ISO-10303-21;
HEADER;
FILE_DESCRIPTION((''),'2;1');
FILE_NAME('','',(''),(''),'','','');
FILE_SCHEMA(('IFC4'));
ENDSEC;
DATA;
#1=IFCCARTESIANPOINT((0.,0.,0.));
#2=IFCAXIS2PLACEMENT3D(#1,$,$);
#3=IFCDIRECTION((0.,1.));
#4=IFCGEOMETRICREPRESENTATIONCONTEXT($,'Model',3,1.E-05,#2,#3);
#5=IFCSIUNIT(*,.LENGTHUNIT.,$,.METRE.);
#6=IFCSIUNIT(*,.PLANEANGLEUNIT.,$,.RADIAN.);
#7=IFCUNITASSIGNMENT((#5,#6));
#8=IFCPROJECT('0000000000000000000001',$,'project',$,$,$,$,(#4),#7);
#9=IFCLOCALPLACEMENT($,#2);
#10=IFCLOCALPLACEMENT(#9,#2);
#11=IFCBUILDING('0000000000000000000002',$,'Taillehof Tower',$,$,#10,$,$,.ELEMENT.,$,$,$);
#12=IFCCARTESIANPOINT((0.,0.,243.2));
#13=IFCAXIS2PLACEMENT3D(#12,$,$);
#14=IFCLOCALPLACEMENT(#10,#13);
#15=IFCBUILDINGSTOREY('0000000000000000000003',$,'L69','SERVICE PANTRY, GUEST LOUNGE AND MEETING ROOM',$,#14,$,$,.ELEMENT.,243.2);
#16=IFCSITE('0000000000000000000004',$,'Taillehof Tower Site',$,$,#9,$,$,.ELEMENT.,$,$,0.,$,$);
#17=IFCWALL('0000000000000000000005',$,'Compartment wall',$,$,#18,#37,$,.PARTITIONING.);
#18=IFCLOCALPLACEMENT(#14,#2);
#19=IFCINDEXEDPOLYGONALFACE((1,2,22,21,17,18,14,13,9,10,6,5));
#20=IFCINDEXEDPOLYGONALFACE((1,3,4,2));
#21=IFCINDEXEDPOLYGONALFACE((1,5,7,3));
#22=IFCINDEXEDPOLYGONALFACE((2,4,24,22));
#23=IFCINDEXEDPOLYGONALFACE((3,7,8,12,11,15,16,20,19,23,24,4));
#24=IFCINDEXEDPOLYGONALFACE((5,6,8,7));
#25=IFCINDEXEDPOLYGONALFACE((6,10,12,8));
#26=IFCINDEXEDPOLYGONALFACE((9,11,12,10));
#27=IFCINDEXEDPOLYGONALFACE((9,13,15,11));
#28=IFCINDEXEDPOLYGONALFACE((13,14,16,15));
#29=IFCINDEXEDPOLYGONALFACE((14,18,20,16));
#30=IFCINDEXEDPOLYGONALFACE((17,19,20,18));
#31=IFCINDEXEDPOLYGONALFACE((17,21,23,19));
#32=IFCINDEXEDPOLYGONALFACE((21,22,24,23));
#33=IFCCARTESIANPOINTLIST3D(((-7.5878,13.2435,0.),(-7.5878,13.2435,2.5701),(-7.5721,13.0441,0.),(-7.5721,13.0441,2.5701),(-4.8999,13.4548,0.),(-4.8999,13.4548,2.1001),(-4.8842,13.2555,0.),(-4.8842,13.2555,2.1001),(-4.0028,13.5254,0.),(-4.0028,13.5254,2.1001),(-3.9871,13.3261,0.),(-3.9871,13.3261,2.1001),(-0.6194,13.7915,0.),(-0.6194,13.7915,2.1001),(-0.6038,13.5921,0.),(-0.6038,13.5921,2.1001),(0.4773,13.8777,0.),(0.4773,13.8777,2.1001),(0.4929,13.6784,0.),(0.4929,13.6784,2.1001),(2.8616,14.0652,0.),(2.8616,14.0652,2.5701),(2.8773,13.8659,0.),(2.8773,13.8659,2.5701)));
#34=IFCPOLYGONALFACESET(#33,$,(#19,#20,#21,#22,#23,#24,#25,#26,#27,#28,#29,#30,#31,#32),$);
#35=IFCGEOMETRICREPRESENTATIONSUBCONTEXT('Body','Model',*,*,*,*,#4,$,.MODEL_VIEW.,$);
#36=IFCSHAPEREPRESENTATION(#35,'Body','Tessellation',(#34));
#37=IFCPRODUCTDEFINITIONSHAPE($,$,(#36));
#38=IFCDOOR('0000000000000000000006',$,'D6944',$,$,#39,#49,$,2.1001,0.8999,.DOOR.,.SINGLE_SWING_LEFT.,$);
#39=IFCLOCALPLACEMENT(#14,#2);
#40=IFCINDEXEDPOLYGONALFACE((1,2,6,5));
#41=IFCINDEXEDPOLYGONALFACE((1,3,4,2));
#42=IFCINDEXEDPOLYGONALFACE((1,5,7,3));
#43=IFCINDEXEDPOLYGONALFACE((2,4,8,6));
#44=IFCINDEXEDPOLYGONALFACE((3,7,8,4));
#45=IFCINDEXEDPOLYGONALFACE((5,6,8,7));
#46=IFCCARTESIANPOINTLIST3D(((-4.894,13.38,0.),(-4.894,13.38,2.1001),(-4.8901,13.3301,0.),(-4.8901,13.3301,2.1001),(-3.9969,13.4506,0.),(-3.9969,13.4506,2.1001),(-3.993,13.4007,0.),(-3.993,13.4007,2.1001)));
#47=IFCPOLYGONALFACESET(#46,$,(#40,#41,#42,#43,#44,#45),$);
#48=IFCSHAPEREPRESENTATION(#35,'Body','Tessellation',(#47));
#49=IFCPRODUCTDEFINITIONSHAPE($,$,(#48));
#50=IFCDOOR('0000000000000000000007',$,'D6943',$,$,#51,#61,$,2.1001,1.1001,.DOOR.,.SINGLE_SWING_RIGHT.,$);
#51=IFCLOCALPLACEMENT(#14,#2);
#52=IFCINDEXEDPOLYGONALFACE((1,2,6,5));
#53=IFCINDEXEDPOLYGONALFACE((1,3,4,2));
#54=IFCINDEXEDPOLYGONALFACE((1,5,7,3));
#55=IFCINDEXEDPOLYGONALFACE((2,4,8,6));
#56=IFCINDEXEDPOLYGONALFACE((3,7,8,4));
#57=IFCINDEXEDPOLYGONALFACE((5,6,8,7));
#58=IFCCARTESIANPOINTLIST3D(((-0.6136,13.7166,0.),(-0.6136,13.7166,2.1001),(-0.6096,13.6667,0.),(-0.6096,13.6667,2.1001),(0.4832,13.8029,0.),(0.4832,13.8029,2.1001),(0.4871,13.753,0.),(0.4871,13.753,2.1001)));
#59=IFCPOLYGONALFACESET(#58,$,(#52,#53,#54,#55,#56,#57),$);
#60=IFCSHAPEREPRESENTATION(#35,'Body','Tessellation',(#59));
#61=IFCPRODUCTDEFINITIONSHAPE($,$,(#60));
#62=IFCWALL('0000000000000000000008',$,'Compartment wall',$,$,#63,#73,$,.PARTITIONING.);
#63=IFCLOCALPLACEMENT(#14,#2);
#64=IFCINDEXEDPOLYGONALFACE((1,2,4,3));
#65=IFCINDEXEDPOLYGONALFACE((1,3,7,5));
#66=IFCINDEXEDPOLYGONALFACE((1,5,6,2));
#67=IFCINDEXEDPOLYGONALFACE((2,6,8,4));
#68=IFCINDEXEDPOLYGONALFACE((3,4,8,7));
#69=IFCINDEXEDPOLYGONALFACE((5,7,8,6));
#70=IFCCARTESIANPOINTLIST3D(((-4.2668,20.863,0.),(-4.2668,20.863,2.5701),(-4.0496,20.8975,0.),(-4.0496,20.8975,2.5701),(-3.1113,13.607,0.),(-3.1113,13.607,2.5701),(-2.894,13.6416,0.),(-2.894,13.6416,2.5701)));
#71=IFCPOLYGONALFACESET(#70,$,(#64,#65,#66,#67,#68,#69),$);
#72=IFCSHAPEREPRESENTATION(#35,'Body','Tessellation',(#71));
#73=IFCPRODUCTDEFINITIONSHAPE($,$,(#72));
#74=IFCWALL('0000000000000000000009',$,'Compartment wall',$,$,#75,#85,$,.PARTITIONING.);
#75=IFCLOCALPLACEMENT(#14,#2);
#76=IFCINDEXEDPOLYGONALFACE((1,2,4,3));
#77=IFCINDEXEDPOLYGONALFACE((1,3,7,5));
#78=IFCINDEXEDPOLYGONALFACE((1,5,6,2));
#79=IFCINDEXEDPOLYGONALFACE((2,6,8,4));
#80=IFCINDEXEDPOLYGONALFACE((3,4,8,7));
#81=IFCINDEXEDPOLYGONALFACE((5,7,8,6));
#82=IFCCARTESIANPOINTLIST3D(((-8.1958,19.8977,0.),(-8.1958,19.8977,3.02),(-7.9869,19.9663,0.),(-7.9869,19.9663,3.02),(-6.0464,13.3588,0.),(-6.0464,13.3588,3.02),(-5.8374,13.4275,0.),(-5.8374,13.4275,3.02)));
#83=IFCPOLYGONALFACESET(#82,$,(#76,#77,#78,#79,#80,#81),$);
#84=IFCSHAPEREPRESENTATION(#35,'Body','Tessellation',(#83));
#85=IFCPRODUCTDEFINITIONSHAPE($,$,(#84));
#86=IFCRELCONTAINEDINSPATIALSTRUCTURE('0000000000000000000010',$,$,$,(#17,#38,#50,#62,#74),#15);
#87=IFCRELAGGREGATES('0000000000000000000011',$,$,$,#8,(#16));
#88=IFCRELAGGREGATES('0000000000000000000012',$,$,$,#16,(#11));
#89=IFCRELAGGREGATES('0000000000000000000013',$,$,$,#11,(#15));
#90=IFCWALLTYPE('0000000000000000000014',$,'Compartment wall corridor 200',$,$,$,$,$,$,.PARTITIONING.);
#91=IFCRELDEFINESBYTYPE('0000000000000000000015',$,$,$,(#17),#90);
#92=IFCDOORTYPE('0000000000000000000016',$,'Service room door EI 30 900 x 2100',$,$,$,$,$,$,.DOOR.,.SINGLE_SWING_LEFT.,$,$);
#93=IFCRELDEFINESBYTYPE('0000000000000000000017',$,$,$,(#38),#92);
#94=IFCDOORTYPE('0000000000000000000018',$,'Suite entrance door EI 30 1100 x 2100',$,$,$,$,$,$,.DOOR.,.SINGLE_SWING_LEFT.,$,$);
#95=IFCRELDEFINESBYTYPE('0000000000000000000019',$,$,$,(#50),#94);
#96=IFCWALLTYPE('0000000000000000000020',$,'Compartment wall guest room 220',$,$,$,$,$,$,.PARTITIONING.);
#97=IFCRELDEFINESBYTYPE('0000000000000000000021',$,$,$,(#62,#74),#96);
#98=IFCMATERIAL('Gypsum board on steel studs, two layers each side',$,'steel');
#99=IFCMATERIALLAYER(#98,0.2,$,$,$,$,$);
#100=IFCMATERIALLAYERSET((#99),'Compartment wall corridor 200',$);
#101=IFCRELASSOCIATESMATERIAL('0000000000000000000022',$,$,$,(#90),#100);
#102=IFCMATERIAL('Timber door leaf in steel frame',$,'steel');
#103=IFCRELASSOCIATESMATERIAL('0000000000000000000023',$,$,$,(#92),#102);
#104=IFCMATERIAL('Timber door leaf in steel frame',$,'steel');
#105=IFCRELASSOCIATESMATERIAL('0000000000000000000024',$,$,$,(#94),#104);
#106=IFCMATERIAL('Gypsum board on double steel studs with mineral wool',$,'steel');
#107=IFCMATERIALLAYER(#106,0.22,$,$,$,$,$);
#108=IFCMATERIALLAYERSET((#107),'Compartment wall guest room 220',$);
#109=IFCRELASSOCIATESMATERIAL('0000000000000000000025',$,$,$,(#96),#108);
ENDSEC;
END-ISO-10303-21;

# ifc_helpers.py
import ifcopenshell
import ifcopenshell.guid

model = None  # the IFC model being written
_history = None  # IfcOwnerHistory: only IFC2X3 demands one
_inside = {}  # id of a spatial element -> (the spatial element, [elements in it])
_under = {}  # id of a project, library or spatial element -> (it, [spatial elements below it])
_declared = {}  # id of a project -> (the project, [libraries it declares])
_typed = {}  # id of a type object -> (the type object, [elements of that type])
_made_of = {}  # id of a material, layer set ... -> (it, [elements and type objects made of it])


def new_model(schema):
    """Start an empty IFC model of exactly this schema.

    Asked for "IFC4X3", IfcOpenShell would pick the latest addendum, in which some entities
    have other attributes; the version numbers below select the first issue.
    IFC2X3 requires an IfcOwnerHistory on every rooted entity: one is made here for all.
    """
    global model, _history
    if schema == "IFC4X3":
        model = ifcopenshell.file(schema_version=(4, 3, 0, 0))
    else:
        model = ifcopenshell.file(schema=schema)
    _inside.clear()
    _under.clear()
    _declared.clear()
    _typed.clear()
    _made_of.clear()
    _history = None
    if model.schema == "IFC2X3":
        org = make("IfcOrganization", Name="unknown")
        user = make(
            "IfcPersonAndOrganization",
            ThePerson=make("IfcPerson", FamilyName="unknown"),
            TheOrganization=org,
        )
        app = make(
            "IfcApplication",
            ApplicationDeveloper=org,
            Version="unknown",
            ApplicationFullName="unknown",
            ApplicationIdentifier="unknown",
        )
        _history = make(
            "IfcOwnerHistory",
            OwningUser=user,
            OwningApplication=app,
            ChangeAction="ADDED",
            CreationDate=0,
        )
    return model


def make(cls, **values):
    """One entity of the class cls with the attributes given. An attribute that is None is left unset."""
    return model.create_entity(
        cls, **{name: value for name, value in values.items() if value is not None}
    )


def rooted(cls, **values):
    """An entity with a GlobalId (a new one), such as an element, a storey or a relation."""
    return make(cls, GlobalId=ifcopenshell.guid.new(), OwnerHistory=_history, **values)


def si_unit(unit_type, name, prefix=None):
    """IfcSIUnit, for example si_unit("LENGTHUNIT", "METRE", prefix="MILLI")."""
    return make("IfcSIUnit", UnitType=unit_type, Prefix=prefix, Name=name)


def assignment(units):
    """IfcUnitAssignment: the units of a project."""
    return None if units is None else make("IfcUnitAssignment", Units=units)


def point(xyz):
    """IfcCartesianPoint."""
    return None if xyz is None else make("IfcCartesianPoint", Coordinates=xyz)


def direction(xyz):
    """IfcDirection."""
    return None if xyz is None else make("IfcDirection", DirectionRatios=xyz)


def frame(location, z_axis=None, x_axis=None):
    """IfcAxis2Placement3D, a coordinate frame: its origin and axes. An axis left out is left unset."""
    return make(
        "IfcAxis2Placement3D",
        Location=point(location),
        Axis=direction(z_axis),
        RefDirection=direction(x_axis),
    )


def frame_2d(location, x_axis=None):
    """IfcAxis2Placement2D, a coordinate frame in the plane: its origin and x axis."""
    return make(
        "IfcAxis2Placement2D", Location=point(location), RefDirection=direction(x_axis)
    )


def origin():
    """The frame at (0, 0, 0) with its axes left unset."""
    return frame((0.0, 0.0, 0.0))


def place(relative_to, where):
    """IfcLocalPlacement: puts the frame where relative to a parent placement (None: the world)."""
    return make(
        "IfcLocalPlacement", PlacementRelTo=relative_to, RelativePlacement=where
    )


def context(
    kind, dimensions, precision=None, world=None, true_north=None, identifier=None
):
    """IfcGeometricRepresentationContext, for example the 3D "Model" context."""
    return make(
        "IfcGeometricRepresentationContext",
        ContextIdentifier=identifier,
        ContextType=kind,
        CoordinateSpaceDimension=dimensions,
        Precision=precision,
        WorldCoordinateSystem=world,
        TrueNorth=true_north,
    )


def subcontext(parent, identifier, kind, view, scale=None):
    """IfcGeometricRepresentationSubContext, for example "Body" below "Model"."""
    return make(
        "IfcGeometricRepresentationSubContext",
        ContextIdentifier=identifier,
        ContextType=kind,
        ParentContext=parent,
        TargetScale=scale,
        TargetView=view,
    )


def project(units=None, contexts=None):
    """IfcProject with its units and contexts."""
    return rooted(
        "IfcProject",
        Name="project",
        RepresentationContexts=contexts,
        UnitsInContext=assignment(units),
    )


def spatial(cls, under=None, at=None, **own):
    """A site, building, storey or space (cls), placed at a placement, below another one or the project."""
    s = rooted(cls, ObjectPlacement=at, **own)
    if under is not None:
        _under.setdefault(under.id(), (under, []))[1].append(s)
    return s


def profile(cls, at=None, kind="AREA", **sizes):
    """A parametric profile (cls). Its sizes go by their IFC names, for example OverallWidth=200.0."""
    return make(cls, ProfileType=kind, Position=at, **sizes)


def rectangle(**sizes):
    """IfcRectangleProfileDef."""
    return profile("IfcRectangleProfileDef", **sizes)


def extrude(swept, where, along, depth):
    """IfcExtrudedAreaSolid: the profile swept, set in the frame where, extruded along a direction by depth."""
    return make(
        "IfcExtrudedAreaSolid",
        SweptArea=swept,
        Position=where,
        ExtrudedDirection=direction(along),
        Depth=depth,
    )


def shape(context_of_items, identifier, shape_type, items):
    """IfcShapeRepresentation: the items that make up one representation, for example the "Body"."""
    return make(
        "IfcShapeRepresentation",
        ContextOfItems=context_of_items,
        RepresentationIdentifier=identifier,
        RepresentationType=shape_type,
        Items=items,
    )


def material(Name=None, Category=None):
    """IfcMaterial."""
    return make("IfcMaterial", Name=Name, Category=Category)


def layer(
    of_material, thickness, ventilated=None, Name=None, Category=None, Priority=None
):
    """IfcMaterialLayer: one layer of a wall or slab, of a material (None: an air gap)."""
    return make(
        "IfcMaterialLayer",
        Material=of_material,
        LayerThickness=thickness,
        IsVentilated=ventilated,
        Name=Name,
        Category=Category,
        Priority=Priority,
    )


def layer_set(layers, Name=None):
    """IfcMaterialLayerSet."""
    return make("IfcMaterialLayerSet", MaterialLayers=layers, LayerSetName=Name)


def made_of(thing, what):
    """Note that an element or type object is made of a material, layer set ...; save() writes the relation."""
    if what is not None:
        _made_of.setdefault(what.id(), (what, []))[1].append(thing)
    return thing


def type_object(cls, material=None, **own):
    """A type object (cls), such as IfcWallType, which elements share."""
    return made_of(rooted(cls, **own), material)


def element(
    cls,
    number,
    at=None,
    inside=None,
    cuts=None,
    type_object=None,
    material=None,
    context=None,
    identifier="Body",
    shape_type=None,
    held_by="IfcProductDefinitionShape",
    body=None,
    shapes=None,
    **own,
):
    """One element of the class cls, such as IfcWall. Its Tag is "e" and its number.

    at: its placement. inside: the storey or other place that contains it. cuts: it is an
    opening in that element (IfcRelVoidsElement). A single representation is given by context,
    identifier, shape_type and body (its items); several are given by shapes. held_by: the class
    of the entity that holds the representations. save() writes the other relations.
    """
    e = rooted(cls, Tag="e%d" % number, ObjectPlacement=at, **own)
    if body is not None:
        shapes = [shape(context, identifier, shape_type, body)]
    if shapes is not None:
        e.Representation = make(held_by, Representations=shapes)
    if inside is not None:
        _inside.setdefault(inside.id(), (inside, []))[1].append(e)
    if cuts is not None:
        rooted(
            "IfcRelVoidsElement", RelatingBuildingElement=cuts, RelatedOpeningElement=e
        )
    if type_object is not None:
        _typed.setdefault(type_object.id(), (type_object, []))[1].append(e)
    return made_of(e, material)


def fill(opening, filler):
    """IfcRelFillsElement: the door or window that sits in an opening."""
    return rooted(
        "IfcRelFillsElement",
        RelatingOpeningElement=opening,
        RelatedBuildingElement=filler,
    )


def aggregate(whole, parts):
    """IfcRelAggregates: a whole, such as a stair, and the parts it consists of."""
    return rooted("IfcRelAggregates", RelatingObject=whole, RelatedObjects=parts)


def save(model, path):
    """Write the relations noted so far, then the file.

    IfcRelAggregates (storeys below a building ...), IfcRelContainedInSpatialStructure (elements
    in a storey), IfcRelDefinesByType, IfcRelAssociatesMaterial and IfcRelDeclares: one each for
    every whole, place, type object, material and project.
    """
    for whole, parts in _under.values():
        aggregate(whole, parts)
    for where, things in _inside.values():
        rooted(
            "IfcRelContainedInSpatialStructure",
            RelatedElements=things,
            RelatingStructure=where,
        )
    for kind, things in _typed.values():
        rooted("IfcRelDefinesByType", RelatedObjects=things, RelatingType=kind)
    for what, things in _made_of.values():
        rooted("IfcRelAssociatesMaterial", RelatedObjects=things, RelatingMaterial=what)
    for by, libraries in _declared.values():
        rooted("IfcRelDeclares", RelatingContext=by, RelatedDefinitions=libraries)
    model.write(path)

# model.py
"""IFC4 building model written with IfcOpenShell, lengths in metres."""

from ifc_helpers import new_model, si_unit, direction, frame, frame_2d, origin, place, context, subcontext, project, spatial, rectangle, extrude, material, layer, layer_set, type_object, element, fill, save


model = new_model("IFC4")

# Units and contexts
model_context = context("Model", 3, precision=1e-05, world=origin(), true_north=direction((0.0, 1.0)))
body_context = subcontext(model_context, "Body", "Model", "MODEL_VIEW")
ifc_project = project(units=[si_unit("LENGTHUNIT", "METRE"), si_unit("PLANEANGLEUNIT", "RADIAN")], contexts=[model_context])

# Site, building, storey
site_placement = place(None, origin())
site = spatial("IfcSite", under=ifc_project, at=site_placement, Name="Taillehof Tower Site", CompositionType="ELEMENT", RefElevation=0.0)
building_placement = place(site_placement, origin())
building = spatial("IfcBuilding", under=site, at=building_placement, Name="Taillehof Tower", CompositionType="ELEMENT")
storey_placement = place(building_placement, frame((0.0, 0.0, 243.2)))
storey = spatial("IfcBuildingStorey", under=building, at=storey_placement, Name="L69", Description="SERVICE PANTRY, GUEST LOUNGE AND MEETING ROOM", CompositionType="ELEMENT", Elevation=243.2)

# Shared definitions
ifc_material_1 = material(Name="Gypsum board on steel studs, two layers each side", Category="steel")
ifc_layer_1 = layer(ifc_material_1, 0.2)
ifc_layer_set_1 = layer_set([ifc_layer_1], Name="Compartment wall corridor 200")
wall_type_1 = type_object("IfcWallType", Name="Compartment wall corridor 200", PredefinedType="PARTITIONING", material=ifc_layer_set_1)

# Wall, openings, doors
wall_1_placement = place(storey_placement, frame((-7.5798, 13.1438, 0.0), z_axis=(0.0, 0.0, 1.0), x_axis=(0.996922, 0.078401, 0.0)))
wall_1 = element("IfcWall", 1, at=wall_1_placement, inside=storey, type_object=wall_type_1, Name="Compartment wall", PredefinedType="PARTITIONING", context=body_context, shape_type="SweptSolid", body=[
    extrude(rectangle(XDim=10.4817, YDim=0.2, at=frame_2d((5.2407, 0.0))), origin(), (0.0, 0.0, 1.0), 2.5701),
])
opening_1_placement = place(wall_1_placement, frame((6.9897, 0.0, 0.0)))
opening_1 = element("IfcOpeningElement", 2, at=opening_1_placement, cuts=wall_1, PredefinedType="OPENING", context=body_context, shape_type="SweptSolid", body=[
    extrude(rectangle(XDim=1.1001, YDim=2.1001, at=frame_2d((0.55, 1.05))), frame((0.0, 0.1099, 0.0), z_axis=(0.0, -1.0, 0.0), x_axis=(1.0, 0.0, 0.0)), (0.0, 0.0, 1.0), 0.22),
])
opening_2_placement = place(wall_1_placement, frame((2.696, 0.0, 0.0)))
opening_2 = element("IfcOpeningElement", 3, at=opening_2_placement, cuts=wall_1, PredefinedType="OPENING", context=body_context, shape_type="SweptSolid", body=[
    extrude(rectangle(XDim=0.8999, YDim=2.1001, at=frame_2d((0.45, 1.05))), frame((0.0, 0.1099, 0.0), z_axis=(0.0, -1.0, 0.0), x_axis=(1.0, 0.0, 0.0)), (0.0, 0.0, 1.0), 0.22),
])
ifc_material_2 = material(Name="Timber door leaf in steel frame", Category="steel")
door_type_1 = type_object("IfcDoorType", Name="Service room door EI 30 900 x 2100", OperationType="SINGLE_SWING_LEFT", PredefinedType="DOOR", material=ifc_material_2)
door_1_placement = place(opening_2_placement, origin())
door_1 = element("IfcDoor", 4, at=door_1_placement, inside=storey, type_object=door_type_1, Name="D6944", OperationType="SINGLE_SWING_LEFT", OverallHeight=2.1001, OverallWidth=0.8999, PredefinedType="DOOR", context=body_context, shape_type="SweptSolid", body=[
    extrude(rectangle(XDim=0.8999, YDim=2.1001, at=frame_2d((0.45, 1.05))), frame((0.0, 0.0249, 0.0), z_axis=(0.0, -1.0, 0.0), x_axis=(1.0, 0.0, 0.0)), (0.0, 0.0, 1.0), 0.05),
])
fill(opening_2, door_1)
ifc_material_3 = material(Name="Timber door leaf in steel frame", Category="steel")
door_type_2 = type_object("IfcDoorType", Name="Suite entrance door EI 30 1100 x 2100", OperationType="SINGLE_SWING_LEFT", PredefinedType="DOOR", material=ifc_material_3)
door_2_placement = place(opening_1_placement, origin())
door_2 = element("IfcDoor", 5, at=door_2_placement, inside=storey, type_object=door_type_2, Name="D6943", OperationType="SINGLE_SWING_RIGHT", OverallHeight=2.1001, OverallWidth=1.1001, PredefinedType="DOOR", context=body_context, shape_type="SweptSolid", body=[
    extrude(rectangle(XDim=1.1001, YDim=2.1001, at=frame_2d((0.55, 1.05))), frame((0.0, 0.0249, 0.0), z_axis=(0.0, -1.0, 0.0), x_axis=(1.0, 0.0, 0.0)), (0.0, 0.0, 1.0), 0.05),
])
fill(opening_1, door_2)

# Walls
ifc_material_4 = material(Name="Gypsum board on double steel studs with mineral wool", Category="steel")
ifc_layer_2 = layer(ifc_material_4, 0.22)
ifc_layer_set_2 = layer_set([ifc_layer_2], Name="Compartment wall guest room 220")
wall_type_2 = type_object("IfcWallType", Name="Compartment wall guest room 220", PredefinedType="PARTITIONING", material=ifc_layer_set_2)
wall_2_placement = place(storey_placement, frame((-4.1582, 20.8804, 0.0), z_axis=(0.0, 0.0, 1.0), x_axis=(0.157271, -0.987555, 0.0)))
element("IfcWall", 6, at=wall_2_placement, inside=storey, type_object=wall_type_2, Name="Compartment wall", PredefinedType="PARTITIONING", context=body_context, shape_type="SweptSolid", body=[
    extrude(rectangle(XDim=7.3474, YDim=0.22, at=frame_2d((3.6738, 0.0))), origin(), (0.0, 0.0, 1.0), 2.5701),
])
wall_3_placement = place(storey_placement, frame((-8.0913, 19.9319, 0.0), z_axis=(0.0, 0.0, 1.0), x_axis=(0.312277, -0.949991, 0.0)))
element("IfcWall", 7, at=wall_3_placement, inside=storey, type_object=wall_type_2, Name="Compartment wall", PredefinedType="PARTITIONING", context=body_context, shape_type="SweptSolid", body=[
    extrude(rectangle(XDim=6.8831, YDim=0.22, at=frame_2d((3.4414, 0.0))), origin(), (0.0, 0.0, 1.0), 3.02),
])

save(model, "model.ifc")
